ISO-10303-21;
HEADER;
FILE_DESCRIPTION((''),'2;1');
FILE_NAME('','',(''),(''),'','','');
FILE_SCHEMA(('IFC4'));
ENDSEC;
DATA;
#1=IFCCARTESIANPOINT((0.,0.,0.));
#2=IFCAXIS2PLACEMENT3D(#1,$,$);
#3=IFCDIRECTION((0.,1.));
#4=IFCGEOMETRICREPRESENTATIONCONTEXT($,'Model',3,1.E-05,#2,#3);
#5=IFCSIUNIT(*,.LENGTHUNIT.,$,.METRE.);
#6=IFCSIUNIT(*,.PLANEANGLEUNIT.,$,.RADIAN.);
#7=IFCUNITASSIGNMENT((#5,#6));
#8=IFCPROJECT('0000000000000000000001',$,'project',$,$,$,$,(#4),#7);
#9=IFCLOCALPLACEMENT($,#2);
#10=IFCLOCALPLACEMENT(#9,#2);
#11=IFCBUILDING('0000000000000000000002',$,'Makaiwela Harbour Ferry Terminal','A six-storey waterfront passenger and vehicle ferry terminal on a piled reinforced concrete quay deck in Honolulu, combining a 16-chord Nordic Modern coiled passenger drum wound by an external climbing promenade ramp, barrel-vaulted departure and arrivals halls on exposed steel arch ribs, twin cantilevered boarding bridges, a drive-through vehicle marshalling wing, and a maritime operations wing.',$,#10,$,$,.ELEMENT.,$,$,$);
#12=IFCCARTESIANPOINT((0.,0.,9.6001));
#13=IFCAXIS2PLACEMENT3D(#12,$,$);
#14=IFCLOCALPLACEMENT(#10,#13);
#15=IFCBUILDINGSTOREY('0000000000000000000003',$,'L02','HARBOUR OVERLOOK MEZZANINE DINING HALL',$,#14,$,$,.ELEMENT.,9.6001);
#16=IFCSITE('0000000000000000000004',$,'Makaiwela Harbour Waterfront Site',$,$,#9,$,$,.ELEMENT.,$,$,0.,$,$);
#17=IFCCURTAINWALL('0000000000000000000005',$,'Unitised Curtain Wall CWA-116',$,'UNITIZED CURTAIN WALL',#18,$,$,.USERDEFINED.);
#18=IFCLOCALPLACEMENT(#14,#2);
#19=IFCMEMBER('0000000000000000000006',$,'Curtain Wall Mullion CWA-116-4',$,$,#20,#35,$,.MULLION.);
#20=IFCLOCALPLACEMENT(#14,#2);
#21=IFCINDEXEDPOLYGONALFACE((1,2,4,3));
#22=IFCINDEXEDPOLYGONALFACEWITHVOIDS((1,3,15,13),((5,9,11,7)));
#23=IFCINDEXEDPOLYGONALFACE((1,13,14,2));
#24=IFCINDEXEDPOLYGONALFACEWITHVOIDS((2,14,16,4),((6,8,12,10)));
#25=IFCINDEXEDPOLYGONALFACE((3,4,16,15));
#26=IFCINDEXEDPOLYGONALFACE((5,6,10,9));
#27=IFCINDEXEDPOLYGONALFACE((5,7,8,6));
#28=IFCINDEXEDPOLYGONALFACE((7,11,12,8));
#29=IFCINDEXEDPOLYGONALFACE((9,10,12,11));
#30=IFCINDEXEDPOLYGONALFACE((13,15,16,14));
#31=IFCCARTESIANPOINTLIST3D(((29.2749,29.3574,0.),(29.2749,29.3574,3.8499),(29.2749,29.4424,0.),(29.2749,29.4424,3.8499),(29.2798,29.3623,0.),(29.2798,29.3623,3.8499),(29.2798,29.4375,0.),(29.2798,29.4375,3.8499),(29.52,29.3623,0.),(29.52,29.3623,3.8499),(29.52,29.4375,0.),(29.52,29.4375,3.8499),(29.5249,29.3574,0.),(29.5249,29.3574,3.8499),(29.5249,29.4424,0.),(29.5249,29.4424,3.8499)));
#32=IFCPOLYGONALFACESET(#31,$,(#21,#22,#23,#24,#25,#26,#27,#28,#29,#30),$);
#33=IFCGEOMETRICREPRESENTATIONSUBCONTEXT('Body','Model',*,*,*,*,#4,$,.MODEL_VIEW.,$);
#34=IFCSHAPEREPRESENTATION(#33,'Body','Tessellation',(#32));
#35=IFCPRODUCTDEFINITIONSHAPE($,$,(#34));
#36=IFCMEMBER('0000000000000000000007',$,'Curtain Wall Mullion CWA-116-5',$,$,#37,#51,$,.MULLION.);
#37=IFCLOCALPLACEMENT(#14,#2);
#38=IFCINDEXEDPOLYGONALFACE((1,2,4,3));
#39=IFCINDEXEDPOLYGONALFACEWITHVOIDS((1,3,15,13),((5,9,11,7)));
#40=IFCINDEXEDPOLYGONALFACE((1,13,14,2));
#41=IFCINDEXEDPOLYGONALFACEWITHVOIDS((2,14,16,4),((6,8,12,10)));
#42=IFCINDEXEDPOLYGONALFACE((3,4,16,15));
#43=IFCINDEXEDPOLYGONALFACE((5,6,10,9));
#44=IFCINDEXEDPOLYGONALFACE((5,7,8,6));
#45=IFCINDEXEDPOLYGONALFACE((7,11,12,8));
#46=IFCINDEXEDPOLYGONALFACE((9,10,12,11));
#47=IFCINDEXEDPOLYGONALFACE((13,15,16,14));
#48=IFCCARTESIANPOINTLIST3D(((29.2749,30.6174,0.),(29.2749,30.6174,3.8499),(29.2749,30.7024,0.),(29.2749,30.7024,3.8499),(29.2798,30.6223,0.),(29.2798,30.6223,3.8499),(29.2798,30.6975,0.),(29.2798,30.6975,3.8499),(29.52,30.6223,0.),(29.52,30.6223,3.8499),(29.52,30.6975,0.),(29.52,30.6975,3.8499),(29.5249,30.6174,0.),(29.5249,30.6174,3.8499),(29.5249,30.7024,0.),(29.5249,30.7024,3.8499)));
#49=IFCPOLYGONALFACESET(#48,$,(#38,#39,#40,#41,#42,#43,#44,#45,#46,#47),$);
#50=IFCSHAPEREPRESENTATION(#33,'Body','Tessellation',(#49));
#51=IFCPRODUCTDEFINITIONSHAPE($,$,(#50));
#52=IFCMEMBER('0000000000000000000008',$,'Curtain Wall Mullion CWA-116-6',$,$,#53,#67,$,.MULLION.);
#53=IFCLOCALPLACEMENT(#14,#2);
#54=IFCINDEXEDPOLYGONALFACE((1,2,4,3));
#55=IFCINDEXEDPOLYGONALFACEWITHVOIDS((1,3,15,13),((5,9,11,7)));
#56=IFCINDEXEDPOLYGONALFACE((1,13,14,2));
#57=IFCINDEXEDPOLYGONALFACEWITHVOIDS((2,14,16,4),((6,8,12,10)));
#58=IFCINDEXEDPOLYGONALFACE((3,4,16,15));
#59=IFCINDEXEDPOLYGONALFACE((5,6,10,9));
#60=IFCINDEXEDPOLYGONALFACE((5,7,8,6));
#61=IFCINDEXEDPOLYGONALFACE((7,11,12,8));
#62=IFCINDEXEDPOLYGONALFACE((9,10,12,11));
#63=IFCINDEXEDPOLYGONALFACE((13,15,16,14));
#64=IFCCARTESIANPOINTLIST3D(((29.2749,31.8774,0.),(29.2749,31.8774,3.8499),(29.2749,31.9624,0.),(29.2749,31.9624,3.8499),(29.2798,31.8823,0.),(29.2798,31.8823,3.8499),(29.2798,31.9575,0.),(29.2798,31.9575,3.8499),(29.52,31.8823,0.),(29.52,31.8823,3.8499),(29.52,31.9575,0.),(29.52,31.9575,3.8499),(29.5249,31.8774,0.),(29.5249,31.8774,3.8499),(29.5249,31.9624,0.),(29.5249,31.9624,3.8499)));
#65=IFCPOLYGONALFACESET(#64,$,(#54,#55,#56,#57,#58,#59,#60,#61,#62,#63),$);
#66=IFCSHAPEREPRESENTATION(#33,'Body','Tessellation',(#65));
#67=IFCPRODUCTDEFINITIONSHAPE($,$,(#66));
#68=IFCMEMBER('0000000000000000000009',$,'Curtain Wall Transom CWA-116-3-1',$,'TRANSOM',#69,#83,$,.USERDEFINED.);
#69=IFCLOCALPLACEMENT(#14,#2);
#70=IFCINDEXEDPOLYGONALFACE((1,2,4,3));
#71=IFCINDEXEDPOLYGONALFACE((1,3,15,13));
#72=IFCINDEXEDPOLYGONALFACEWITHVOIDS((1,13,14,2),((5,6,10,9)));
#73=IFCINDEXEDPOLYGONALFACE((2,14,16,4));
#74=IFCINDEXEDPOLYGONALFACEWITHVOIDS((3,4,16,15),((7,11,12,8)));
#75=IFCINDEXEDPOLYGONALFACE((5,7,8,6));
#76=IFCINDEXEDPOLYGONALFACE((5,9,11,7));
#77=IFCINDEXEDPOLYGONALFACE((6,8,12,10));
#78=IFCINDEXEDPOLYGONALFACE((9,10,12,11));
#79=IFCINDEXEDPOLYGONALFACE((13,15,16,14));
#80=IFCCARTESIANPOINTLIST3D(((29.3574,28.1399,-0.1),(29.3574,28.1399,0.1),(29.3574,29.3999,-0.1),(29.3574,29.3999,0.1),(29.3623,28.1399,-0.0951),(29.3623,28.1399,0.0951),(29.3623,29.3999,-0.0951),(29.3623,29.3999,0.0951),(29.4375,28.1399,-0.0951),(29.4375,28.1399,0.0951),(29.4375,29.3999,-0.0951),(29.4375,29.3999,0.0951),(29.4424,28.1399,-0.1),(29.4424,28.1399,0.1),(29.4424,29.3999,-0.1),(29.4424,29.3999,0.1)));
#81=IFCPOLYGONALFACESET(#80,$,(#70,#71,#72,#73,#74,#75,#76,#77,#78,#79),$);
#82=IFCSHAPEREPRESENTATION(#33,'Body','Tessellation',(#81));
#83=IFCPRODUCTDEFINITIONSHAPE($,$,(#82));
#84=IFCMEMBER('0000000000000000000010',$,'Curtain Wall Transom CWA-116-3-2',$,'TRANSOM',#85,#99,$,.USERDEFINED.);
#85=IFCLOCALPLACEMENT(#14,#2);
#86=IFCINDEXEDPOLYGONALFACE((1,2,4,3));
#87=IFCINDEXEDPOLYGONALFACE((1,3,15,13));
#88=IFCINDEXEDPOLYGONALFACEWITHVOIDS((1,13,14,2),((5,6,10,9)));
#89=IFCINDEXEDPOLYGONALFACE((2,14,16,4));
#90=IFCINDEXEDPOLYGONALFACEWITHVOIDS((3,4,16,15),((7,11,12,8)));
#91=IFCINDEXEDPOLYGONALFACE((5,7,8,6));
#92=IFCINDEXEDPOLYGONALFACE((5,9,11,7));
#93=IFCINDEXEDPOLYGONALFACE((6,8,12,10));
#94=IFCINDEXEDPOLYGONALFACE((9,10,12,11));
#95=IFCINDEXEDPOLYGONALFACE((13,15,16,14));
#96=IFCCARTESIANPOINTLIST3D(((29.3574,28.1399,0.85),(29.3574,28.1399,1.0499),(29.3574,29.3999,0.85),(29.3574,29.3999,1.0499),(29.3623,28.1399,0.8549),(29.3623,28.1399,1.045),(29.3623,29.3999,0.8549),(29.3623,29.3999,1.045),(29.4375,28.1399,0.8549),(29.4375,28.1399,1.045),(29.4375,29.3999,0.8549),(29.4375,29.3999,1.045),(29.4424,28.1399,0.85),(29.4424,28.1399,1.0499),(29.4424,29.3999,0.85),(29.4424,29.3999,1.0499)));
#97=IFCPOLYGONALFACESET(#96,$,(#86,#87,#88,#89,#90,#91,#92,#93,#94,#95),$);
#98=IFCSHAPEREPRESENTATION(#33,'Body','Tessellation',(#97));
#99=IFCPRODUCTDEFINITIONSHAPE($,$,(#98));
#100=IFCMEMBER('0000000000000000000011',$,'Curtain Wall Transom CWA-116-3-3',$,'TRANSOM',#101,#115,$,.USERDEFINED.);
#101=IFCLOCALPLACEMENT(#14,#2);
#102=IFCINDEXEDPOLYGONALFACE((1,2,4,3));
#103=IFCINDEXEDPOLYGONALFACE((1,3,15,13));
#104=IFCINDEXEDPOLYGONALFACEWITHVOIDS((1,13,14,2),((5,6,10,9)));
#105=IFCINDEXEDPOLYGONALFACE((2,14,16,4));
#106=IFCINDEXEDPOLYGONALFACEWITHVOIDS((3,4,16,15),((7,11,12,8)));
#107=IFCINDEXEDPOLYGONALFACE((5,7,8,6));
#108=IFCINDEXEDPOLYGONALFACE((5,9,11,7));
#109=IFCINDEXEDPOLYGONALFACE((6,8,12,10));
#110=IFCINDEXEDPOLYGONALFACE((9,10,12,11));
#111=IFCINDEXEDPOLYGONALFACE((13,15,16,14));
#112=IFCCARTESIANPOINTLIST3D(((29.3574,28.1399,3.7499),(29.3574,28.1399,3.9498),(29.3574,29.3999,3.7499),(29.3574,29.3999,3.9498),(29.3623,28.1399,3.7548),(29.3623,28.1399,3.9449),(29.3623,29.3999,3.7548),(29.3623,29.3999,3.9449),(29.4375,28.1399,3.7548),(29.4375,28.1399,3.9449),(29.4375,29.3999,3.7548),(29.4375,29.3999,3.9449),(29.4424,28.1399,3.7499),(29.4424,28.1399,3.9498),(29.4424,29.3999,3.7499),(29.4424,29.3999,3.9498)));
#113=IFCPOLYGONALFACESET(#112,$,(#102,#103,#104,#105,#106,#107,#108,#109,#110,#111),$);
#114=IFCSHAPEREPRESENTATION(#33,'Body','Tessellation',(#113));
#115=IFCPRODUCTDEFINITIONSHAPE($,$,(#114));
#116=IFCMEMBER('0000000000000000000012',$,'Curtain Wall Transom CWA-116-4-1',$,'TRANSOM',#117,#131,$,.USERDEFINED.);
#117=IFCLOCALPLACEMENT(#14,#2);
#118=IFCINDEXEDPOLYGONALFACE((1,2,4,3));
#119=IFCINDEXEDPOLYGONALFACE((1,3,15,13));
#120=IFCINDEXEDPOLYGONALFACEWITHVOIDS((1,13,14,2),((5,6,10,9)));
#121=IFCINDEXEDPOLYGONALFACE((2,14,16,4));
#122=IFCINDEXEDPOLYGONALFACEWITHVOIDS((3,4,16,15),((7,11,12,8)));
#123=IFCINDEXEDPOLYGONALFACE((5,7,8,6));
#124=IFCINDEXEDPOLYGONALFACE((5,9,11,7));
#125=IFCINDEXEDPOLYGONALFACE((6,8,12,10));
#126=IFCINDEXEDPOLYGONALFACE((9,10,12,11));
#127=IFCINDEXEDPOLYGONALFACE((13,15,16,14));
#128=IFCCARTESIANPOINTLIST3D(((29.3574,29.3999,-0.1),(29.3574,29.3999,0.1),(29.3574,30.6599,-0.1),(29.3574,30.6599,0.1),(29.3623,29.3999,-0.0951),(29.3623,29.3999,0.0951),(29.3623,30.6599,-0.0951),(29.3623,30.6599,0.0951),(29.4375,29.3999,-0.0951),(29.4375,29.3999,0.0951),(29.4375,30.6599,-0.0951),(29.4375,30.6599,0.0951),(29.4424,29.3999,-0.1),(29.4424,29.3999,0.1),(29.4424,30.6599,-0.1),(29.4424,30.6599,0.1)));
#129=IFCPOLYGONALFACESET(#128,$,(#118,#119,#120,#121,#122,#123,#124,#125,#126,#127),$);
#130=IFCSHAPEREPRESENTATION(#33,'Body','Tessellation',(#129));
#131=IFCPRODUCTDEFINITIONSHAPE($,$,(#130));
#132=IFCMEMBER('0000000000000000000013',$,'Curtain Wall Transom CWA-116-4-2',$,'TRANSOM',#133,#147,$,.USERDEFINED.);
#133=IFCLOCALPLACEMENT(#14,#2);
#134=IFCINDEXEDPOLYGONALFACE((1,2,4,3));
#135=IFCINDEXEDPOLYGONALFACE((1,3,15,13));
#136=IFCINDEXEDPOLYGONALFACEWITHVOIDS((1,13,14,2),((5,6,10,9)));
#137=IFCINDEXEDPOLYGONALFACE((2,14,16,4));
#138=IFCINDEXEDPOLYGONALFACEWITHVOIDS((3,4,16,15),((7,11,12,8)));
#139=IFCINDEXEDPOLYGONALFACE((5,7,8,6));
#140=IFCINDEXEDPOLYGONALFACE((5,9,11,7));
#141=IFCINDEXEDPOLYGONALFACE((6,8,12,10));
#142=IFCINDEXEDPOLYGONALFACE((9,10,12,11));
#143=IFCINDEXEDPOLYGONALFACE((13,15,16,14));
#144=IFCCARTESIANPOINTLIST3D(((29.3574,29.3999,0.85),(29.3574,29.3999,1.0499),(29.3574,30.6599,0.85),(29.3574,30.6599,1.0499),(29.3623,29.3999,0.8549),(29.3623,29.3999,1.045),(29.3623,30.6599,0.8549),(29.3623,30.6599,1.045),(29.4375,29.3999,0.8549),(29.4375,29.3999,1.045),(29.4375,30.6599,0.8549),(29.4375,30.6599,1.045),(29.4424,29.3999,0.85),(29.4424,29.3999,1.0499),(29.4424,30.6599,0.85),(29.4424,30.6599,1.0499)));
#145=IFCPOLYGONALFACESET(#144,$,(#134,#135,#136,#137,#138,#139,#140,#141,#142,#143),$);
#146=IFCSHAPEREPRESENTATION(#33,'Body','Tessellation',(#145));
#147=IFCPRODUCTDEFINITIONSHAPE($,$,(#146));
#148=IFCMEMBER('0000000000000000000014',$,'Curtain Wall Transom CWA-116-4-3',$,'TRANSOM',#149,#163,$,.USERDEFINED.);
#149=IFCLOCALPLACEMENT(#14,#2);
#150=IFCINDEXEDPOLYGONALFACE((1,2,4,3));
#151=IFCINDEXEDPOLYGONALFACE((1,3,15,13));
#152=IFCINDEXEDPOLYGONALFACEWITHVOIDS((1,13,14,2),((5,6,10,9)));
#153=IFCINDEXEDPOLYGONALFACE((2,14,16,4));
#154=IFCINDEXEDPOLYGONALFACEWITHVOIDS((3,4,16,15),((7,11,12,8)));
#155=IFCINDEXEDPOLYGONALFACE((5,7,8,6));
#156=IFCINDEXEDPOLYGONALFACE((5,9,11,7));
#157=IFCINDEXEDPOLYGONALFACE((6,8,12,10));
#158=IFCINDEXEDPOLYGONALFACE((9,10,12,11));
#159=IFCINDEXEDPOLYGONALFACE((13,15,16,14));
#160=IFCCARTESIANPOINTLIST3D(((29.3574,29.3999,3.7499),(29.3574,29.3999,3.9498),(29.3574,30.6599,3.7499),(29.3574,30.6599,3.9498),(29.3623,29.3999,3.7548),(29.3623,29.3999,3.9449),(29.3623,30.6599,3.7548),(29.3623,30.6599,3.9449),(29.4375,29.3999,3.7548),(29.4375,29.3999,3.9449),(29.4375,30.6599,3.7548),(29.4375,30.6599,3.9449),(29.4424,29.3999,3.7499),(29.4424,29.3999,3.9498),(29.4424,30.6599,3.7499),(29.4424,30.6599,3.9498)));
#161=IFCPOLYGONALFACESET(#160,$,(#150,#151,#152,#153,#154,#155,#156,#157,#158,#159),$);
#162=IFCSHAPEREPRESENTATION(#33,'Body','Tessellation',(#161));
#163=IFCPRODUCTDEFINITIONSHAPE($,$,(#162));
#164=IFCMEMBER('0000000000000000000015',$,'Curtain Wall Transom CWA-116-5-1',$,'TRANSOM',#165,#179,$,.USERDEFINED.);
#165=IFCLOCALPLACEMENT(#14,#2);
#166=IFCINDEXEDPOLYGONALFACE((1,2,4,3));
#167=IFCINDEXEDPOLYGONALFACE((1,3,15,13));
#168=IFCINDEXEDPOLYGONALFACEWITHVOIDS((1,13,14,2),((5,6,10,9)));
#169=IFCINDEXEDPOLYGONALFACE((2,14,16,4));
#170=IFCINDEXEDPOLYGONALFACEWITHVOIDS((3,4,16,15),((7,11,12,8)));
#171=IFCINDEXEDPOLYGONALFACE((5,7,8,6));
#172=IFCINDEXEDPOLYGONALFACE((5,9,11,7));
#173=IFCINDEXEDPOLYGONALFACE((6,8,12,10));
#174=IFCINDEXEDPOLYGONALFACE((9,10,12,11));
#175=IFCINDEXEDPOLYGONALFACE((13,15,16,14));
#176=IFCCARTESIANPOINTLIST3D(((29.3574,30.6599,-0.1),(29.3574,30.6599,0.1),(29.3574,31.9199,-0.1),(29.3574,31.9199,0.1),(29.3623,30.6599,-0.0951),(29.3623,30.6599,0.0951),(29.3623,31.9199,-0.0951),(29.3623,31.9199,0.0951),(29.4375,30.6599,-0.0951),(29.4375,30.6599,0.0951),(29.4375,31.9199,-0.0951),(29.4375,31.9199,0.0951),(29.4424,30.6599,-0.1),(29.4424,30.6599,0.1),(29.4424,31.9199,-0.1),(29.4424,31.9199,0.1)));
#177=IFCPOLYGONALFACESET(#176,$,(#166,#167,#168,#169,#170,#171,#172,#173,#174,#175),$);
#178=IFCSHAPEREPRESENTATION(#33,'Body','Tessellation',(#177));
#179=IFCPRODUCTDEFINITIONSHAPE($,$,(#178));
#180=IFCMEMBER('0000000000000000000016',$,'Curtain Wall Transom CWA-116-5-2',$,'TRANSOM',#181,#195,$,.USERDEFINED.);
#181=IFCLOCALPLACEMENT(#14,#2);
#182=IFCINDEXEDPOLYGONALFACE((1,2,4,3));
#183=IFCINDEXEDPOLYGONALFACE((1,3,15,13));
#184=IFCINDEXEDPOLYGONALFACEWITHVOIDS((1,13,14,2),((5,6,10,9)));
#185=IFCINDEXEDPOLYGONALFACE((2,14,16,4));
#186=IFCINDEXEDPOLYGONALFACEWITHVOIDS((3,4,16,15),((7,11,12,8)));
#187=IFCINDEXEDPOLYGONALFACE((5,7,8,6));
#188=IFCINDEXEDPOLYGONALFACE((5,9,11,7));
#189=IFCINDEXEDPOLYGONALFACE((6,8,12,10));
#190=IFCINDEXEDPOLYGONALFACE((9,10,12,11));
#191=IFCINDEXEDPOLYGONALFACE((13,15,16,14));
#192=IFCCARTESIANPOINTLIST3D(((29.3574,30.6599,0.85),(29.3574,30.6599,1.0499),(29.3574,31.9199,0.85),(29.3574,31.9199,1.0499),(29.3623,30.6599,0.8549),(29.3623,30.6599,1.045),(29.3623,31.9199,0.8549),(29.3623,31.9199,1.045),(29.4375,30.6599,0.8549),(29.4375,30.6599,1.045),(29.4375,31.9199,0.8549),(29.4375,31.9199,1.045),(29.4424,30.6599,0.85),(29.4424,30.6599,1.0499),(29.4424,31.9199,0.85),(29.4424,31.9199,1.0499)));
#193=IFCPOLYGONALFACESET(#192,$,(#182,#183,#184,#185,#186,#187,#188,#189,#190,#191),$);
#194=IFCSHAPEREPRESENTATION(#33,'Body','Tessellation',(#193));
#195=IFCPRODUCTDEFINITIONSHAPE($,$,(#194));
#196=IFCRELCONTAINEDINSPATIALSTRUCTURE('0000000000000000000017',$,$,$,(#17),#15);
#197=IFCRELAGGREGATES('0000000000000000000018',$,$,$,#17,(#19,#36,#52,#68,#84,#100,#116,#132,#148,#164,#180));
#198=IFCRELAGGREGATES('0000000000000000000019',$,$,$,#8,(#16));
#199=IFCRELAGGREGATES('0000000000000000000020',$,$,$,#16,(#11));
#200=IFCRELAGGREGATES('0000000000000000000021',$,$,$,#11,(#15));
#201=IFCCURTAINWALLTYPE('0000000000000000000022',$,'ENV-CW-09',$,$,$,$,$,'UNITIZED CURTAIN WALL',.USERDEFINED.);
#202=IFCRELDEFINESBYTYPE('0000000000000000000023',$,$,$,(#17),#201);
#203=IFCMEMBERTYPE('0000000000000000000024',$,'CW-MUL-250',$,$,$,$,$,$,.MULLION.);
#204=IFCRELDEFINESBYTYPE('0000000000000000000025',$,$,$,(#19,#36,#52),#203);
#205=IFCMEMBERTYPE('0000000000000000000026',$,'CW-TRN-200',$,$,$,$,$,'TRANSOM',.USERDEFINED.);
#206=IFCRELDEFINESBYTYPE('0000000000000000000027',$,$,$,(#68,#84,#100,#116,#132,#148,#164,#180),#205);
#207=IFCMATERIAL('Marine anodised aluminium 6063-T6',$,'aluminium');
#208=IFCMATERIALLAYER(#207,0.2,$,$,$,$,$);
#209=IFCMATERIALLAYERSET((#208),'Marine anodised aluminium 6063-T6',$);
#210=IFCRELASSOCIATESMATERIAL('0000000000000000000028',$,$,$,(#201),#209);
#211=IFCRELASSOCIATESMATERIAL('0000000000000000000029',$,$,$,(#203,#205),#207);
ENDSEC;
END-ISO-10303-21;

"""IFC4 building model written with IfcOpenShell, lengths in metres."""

from ifc_helpers import new_model, si_unit, direction, frame, origin, origin_2d, place, context, subcontext, project, spatial, hollow_rectangle, extrude, material, layer, layer_set, material_profile, profile_set, type_object, element, aggregate, save


model = new_model("IFC4")

# Units and contexts
model_context = context("Model", 3, precision=1e-05, world=origin(), true_north=direction((0.0, 1.0)))
body_context = subcontext(model_context, "Body", "Model", "MODEL_VIEW")
ifc_project = project(units=[si_unit("LENGTHUNIT", "METRE"), si_unit("PLANEANGLEUNIT", "RADIAN")], contexts=[model_context])

# Site, building, storey
site_placement = place(None, origin())
site = spatial("IfcSite", under=ifc_project, at=site_placement, Name="Makaiwela Harbour Waterfront Site", CompositionType="ELEMENT", RefElevation=0.0)
building_placement = place(site_placement, origin())
building = spatial("IfcBuilding", under=site, at=building_placement, Name="Makaiwela Harbour Ferry Terminal", Description="A six-storey waterfront passenger and vehicle ferry terminal on a piled reinforced concrete quay deck in Honolulu, combining a 16-chord Nordic Modern coiled passenger drum wound by an external climbing promenade ramp, barrel-vaulted departure and arrivals halls on exposed steel arch ribs, twin cantilevered boarding bridges, a drive-through vehicle marshalling wing, and a maritime operations wing.", CompositionType="ELEMENT")
storey_placement = place(building_placement, frame((0.0, 0.0, 9.6001)))
storey = spatial("IfcBuildingStorey", under=building, at=storey_placement, Name="L02", Description="HARBOUR OVERLOOK MEZZANINE DINING HALL", CompositionType="ELEMENT", Elevation=9.6001)

# Curtain wall, members
ifc_material_1 = material(Name="Marine anodised aluminium 6063-T6", Category="aluminium")
ifc_layer_1 = layer(ifc_material_1, 0.2)
ifc_layer_set_1 = layer_set([ifc_layer_1], Name="Marine anodised aluminium 6063-T6")
curtain_wall_type = type_object("IfcCurtainWallType", Name="ENV-CW-09", ElementType="UNITIZED CURTAIN WALL", PredefinedType="USERDEFINED", material=ifc_layer_set_1)
curtain_wall_placement = place(storey_placement, origin())
curtain_wall = element("IfcCurtainWall", 1, at=curtain_wall_placement, inside=storey, type_object=curtain_wall_type, Name="Unitised Curtain Wall CWA-116", ObjectType="UNITIZED CURTAIN WALL", PredefinedType="USERDEFINED")
ifc_material_profile_1 = material_profile(ifc_material_1, hollow_rectangle(XDim=0.085, YDim=0.25, WallThickness=0.0049, at=origin_2d()), Name="CWM-250X85")
ifc_profile_set_1 = profile_set([ifc_material_profile_1], Name="Marine anodised aluminium 6063-T6")
member_type_1 = type_object("IfcMemberType", Name="CW-MUL-250", PredefinedType="MULLION", material=ifc_profile_set_1)
member_1_placement = place(storey_placement, frame((29.3999, 29.3999, 0.0), z_axis=(0.0, 0.0, 1.0), x_axis=(0.0, 1.0, 0.0)))
member_1 = element("IfcMember", 2, at=member_1_placement, type_object=member_type_1, Name="Curtain Wall Mullion CWA-116-4", PredefinedType="MULLION", context=body_context, shape_type="SweptSolid", body=[
    extrude(hollow_rectangle(XDim=0.085, YDim=0.25, WallThickness=0.0049, at=origin_2d()), origin(), (0.0, 0.0, 1.0), 3.8499),
])
member_2_placement = place(storey_placement, frame((29.3999, 30.6599, 0.0), z_axis=(0.0, 0.0, 1.0), x_axis=(0.0, 1.0, 0.0)))
member_2 = element("IfcMember", 3, at=member_2_placement, type_object=member_type_1, Name="Curtain Wall Mullion CWA-116-5", PredefinedType="MULLION", context=body_context, shape_type="SweptSolid", body=[
    extrude(hollow_rectangle(XDim=0.085, YDim=0.25, WallThickness=0.0049, at=origin_2d()), origin(), (0.0, 0.0, 1.0), 3.8499),
])
member_3_placement = place(storey_placement, frame((29.3999, 31.9199, 0.0), z_axis=(0.0, 0.0, 1.0), x_axis=(0.0, 1.0, 0.0)))
member_3 = element("IfcMember", 4, at=member_3_placement, type_object=member_type_1, Name="Curtain Wall Mullion CWA-116-6", PredefinedType="MULLION", context=body_context, shape_type="SweptSolid", body=[
    extrude(hollow_rectangle(XDim=0.085, YDim=0.25, WallThickness=0.0049, at=origin_2d()), origin(), (0.0, 0.0, 1.0), 3.8499),
])
ifc_material_profile_2 = material_profile(ifc_material_1, hollow_rectangle(XDim=0.085, YDim=0.2, WallThickness=0.0049, at=origin_2d()), Name="CWT-200X85")
ifc_profile_set_2 = profile_set([ifc_material_profile_2], Name="Marine anodised aluminium 6063-T6")
member_type_2 = type_object("IfcMemberType", Name="CW-TRN-200", ElementType="TRANSOM", PredefinedType="USERDEFINED", material=ifc_profile_set_2)
member_4_placement = place(storey_placement, frame((29.3999, 28.1399, 0.0), z_axis=(0.0, 1.0, 0.0), x_axis=(-1.0, 0.0, 0.0)))
member_4 = element("IfcMember", 5, at=member_4_placement, type_object=member_type_2, Name="Curtain Wall Transom CWA-116-3-1", ObjectType="TRANSOM", PredefinedType="USERDEFINED", context=body_context, shape_type="SweptSolid", body=[
    extrude(hollow_rectangle(XDim=0.085, YDim=0.2, WallThickness=0.0049, at=origin_2d()), origin(), (0.0, 0.0, 1.0), 1.26),
])
member_5_placement = place(storey_placement, frame((29.3999, 28.1399, 0.95), z_axis=(0.0, 1.0, 0.0), x_axis=(-1.0, 0.0, 0.0)))
member_5 = element("IfcMember", 6, at=member_5_placement, type_object=member_type_2, Name="Curtain Wall Transom CWA-116-3-2", ObjectType="TRANSOM", PredefinedType="USERDEFINED", context=body_context, shape_type="SweptSolid", body=[
    extrude(hollow_rectangle(XDim=0.085, YDim=0.2, WallThickness=0.0049, at=origin_2d()), origin(), (0.0, 0.0, 1.0), 1.26),
])
member_6_placement = place(storey_placement, frame((29.3999, 28.1399, 3.8499), z_axis=(0.0, 1.0, 0.0), x_axis=(-1.0, 0.0, 0.0)))
member_6 = element("IfcMember", 7, at=member_6_placement, type_object=member_type_2, Name="Curtain Wall Transom CWA-116-3-3", ObjectType="TRANSOM", PredefinedType="USERDEFINED", context=body_context, shape_type="SweptSolid", body=[
    extrude(hollow_rectangle(XDim=0.085, YDim=0.2, WallThickness=0.0049, at=origin_2d()), origin(), (0.0, 0.0, 1.0), 1.26),
])
member_7_placement = place(storey_placement, frame((29.3999, 29.3999, 0.0), z_axis=(0.0, 1.0, 0.0), x_axis=(-1.0, 0.0, 0.0)))
member_7 = element("IfcMember", 8, at=member_7_placement, type_object=member_type_2, Name="Curtain Wall Transom CWA-116-4-1", ObjectType="TRANSOM", PredefinedType="USERDEFINED", context=body_context, shape_type="SweptSolid", body=[
    extrude(hollow_rectangle(XDim=0.085, YDim=0.2, WallThickness=0.0049, at=origin_2d()), origin(), (0.0, 0.0, 1.0), 1.26),
])
member_8_placement = place(storey_placement, frame((29.3999, 29.3999, 0.95), z_axis=(0.0, 1.0, 0.0), x_axis=(-1.0, 0.0, 0.0)))
member_8 = element("IfcMember", 9, at=member_8_placement, type_object=member_type_2, Name="Curtain Wall Transom CWA-116-4-2", ObjectType="TRANSOM", PredefinedType="USERDEFINED", context=body_context, shape_type="SweptSolid", body=[
    extrude(hollow_rectangle(XDim=0.085, YDim=0.2, WallThickness=0.0049, at=origin_2d()), origin(), (0.0, 0.0, 1.0), 1.26),
])
member_9_placement = place(storey_placement, frame((29.3999, 29.3999, 3.8499), z_axis=(0.0, 1.0, 0.0), x_axis=(-1.0, 0.0, 0.0)))
member_9 = element("IfcMember", 10, at=member_9_placement, type_object=member_type_2, Name="Curtain Wall Transom CWA-116-4-3", ObjectType="TRANSOM", PredefinedType="USERDEFINED", context=body_context, shape_type="SweptSolid", body=[
    extrude(hollow_rectangle(XDim=0.085, YDim=0.2, WallThickness=0.0049, at=origin_2d()), origin(), (0.0, 0.0, 1.0), 1.26),
])
member_10_placement = place(storey_placement, frame((29.3999, 30.6599, 0.0), z_axis=(0.0, 1.0, 0.0), x_axis=(-1.0, 0.0, 0.0)))
member_10 = element("IfcMember", 11, at=member_10_placement, type_object=member_type_2, Name="Curtain Wall Transom CWA-116-5-1", ObjectType="TRANSOM", PredefinedType="USERDEFINED", context=body_context, shape_type="SweptSolid", body=[
    extrude(hollow_rectangle(XDim=0.085, YDim=0.2, WallThickness=0.0049, at=origin_2d()), origin(), (0.0, 0.0, 1.0), 1.26),
])
member_11_placement = place(storey_placement, frame((29.3999, 30.6599, 0.95), z_axis=(0.0, 1.0, 0.0), x_axis=(-1.0, 0.0, 0.0)))
member_11 = element("IfcMember", 12, at=member_11_placement, type_object=member_type_2, Name="Curtain Wall Transom CWA-116-5-2", ObjectType="TRANSOM", PredefinedType="USERDEFINED", context=body_context, shape_type="SweptSolid", body=[
    extrude(hollow_rectangle(XDim=0.085, YDim=0.2, WallThickness=0.0049, at=origin_2d()), origin(), (0.0, 0.0, 1.0), 1.26),
])
aggregate(curtain_wall, [member_1, member_2, member_3, member_4, member_5, member_6, member_7, member_8, member_9, member_10, member_11])

save(model, "model.ifc")
